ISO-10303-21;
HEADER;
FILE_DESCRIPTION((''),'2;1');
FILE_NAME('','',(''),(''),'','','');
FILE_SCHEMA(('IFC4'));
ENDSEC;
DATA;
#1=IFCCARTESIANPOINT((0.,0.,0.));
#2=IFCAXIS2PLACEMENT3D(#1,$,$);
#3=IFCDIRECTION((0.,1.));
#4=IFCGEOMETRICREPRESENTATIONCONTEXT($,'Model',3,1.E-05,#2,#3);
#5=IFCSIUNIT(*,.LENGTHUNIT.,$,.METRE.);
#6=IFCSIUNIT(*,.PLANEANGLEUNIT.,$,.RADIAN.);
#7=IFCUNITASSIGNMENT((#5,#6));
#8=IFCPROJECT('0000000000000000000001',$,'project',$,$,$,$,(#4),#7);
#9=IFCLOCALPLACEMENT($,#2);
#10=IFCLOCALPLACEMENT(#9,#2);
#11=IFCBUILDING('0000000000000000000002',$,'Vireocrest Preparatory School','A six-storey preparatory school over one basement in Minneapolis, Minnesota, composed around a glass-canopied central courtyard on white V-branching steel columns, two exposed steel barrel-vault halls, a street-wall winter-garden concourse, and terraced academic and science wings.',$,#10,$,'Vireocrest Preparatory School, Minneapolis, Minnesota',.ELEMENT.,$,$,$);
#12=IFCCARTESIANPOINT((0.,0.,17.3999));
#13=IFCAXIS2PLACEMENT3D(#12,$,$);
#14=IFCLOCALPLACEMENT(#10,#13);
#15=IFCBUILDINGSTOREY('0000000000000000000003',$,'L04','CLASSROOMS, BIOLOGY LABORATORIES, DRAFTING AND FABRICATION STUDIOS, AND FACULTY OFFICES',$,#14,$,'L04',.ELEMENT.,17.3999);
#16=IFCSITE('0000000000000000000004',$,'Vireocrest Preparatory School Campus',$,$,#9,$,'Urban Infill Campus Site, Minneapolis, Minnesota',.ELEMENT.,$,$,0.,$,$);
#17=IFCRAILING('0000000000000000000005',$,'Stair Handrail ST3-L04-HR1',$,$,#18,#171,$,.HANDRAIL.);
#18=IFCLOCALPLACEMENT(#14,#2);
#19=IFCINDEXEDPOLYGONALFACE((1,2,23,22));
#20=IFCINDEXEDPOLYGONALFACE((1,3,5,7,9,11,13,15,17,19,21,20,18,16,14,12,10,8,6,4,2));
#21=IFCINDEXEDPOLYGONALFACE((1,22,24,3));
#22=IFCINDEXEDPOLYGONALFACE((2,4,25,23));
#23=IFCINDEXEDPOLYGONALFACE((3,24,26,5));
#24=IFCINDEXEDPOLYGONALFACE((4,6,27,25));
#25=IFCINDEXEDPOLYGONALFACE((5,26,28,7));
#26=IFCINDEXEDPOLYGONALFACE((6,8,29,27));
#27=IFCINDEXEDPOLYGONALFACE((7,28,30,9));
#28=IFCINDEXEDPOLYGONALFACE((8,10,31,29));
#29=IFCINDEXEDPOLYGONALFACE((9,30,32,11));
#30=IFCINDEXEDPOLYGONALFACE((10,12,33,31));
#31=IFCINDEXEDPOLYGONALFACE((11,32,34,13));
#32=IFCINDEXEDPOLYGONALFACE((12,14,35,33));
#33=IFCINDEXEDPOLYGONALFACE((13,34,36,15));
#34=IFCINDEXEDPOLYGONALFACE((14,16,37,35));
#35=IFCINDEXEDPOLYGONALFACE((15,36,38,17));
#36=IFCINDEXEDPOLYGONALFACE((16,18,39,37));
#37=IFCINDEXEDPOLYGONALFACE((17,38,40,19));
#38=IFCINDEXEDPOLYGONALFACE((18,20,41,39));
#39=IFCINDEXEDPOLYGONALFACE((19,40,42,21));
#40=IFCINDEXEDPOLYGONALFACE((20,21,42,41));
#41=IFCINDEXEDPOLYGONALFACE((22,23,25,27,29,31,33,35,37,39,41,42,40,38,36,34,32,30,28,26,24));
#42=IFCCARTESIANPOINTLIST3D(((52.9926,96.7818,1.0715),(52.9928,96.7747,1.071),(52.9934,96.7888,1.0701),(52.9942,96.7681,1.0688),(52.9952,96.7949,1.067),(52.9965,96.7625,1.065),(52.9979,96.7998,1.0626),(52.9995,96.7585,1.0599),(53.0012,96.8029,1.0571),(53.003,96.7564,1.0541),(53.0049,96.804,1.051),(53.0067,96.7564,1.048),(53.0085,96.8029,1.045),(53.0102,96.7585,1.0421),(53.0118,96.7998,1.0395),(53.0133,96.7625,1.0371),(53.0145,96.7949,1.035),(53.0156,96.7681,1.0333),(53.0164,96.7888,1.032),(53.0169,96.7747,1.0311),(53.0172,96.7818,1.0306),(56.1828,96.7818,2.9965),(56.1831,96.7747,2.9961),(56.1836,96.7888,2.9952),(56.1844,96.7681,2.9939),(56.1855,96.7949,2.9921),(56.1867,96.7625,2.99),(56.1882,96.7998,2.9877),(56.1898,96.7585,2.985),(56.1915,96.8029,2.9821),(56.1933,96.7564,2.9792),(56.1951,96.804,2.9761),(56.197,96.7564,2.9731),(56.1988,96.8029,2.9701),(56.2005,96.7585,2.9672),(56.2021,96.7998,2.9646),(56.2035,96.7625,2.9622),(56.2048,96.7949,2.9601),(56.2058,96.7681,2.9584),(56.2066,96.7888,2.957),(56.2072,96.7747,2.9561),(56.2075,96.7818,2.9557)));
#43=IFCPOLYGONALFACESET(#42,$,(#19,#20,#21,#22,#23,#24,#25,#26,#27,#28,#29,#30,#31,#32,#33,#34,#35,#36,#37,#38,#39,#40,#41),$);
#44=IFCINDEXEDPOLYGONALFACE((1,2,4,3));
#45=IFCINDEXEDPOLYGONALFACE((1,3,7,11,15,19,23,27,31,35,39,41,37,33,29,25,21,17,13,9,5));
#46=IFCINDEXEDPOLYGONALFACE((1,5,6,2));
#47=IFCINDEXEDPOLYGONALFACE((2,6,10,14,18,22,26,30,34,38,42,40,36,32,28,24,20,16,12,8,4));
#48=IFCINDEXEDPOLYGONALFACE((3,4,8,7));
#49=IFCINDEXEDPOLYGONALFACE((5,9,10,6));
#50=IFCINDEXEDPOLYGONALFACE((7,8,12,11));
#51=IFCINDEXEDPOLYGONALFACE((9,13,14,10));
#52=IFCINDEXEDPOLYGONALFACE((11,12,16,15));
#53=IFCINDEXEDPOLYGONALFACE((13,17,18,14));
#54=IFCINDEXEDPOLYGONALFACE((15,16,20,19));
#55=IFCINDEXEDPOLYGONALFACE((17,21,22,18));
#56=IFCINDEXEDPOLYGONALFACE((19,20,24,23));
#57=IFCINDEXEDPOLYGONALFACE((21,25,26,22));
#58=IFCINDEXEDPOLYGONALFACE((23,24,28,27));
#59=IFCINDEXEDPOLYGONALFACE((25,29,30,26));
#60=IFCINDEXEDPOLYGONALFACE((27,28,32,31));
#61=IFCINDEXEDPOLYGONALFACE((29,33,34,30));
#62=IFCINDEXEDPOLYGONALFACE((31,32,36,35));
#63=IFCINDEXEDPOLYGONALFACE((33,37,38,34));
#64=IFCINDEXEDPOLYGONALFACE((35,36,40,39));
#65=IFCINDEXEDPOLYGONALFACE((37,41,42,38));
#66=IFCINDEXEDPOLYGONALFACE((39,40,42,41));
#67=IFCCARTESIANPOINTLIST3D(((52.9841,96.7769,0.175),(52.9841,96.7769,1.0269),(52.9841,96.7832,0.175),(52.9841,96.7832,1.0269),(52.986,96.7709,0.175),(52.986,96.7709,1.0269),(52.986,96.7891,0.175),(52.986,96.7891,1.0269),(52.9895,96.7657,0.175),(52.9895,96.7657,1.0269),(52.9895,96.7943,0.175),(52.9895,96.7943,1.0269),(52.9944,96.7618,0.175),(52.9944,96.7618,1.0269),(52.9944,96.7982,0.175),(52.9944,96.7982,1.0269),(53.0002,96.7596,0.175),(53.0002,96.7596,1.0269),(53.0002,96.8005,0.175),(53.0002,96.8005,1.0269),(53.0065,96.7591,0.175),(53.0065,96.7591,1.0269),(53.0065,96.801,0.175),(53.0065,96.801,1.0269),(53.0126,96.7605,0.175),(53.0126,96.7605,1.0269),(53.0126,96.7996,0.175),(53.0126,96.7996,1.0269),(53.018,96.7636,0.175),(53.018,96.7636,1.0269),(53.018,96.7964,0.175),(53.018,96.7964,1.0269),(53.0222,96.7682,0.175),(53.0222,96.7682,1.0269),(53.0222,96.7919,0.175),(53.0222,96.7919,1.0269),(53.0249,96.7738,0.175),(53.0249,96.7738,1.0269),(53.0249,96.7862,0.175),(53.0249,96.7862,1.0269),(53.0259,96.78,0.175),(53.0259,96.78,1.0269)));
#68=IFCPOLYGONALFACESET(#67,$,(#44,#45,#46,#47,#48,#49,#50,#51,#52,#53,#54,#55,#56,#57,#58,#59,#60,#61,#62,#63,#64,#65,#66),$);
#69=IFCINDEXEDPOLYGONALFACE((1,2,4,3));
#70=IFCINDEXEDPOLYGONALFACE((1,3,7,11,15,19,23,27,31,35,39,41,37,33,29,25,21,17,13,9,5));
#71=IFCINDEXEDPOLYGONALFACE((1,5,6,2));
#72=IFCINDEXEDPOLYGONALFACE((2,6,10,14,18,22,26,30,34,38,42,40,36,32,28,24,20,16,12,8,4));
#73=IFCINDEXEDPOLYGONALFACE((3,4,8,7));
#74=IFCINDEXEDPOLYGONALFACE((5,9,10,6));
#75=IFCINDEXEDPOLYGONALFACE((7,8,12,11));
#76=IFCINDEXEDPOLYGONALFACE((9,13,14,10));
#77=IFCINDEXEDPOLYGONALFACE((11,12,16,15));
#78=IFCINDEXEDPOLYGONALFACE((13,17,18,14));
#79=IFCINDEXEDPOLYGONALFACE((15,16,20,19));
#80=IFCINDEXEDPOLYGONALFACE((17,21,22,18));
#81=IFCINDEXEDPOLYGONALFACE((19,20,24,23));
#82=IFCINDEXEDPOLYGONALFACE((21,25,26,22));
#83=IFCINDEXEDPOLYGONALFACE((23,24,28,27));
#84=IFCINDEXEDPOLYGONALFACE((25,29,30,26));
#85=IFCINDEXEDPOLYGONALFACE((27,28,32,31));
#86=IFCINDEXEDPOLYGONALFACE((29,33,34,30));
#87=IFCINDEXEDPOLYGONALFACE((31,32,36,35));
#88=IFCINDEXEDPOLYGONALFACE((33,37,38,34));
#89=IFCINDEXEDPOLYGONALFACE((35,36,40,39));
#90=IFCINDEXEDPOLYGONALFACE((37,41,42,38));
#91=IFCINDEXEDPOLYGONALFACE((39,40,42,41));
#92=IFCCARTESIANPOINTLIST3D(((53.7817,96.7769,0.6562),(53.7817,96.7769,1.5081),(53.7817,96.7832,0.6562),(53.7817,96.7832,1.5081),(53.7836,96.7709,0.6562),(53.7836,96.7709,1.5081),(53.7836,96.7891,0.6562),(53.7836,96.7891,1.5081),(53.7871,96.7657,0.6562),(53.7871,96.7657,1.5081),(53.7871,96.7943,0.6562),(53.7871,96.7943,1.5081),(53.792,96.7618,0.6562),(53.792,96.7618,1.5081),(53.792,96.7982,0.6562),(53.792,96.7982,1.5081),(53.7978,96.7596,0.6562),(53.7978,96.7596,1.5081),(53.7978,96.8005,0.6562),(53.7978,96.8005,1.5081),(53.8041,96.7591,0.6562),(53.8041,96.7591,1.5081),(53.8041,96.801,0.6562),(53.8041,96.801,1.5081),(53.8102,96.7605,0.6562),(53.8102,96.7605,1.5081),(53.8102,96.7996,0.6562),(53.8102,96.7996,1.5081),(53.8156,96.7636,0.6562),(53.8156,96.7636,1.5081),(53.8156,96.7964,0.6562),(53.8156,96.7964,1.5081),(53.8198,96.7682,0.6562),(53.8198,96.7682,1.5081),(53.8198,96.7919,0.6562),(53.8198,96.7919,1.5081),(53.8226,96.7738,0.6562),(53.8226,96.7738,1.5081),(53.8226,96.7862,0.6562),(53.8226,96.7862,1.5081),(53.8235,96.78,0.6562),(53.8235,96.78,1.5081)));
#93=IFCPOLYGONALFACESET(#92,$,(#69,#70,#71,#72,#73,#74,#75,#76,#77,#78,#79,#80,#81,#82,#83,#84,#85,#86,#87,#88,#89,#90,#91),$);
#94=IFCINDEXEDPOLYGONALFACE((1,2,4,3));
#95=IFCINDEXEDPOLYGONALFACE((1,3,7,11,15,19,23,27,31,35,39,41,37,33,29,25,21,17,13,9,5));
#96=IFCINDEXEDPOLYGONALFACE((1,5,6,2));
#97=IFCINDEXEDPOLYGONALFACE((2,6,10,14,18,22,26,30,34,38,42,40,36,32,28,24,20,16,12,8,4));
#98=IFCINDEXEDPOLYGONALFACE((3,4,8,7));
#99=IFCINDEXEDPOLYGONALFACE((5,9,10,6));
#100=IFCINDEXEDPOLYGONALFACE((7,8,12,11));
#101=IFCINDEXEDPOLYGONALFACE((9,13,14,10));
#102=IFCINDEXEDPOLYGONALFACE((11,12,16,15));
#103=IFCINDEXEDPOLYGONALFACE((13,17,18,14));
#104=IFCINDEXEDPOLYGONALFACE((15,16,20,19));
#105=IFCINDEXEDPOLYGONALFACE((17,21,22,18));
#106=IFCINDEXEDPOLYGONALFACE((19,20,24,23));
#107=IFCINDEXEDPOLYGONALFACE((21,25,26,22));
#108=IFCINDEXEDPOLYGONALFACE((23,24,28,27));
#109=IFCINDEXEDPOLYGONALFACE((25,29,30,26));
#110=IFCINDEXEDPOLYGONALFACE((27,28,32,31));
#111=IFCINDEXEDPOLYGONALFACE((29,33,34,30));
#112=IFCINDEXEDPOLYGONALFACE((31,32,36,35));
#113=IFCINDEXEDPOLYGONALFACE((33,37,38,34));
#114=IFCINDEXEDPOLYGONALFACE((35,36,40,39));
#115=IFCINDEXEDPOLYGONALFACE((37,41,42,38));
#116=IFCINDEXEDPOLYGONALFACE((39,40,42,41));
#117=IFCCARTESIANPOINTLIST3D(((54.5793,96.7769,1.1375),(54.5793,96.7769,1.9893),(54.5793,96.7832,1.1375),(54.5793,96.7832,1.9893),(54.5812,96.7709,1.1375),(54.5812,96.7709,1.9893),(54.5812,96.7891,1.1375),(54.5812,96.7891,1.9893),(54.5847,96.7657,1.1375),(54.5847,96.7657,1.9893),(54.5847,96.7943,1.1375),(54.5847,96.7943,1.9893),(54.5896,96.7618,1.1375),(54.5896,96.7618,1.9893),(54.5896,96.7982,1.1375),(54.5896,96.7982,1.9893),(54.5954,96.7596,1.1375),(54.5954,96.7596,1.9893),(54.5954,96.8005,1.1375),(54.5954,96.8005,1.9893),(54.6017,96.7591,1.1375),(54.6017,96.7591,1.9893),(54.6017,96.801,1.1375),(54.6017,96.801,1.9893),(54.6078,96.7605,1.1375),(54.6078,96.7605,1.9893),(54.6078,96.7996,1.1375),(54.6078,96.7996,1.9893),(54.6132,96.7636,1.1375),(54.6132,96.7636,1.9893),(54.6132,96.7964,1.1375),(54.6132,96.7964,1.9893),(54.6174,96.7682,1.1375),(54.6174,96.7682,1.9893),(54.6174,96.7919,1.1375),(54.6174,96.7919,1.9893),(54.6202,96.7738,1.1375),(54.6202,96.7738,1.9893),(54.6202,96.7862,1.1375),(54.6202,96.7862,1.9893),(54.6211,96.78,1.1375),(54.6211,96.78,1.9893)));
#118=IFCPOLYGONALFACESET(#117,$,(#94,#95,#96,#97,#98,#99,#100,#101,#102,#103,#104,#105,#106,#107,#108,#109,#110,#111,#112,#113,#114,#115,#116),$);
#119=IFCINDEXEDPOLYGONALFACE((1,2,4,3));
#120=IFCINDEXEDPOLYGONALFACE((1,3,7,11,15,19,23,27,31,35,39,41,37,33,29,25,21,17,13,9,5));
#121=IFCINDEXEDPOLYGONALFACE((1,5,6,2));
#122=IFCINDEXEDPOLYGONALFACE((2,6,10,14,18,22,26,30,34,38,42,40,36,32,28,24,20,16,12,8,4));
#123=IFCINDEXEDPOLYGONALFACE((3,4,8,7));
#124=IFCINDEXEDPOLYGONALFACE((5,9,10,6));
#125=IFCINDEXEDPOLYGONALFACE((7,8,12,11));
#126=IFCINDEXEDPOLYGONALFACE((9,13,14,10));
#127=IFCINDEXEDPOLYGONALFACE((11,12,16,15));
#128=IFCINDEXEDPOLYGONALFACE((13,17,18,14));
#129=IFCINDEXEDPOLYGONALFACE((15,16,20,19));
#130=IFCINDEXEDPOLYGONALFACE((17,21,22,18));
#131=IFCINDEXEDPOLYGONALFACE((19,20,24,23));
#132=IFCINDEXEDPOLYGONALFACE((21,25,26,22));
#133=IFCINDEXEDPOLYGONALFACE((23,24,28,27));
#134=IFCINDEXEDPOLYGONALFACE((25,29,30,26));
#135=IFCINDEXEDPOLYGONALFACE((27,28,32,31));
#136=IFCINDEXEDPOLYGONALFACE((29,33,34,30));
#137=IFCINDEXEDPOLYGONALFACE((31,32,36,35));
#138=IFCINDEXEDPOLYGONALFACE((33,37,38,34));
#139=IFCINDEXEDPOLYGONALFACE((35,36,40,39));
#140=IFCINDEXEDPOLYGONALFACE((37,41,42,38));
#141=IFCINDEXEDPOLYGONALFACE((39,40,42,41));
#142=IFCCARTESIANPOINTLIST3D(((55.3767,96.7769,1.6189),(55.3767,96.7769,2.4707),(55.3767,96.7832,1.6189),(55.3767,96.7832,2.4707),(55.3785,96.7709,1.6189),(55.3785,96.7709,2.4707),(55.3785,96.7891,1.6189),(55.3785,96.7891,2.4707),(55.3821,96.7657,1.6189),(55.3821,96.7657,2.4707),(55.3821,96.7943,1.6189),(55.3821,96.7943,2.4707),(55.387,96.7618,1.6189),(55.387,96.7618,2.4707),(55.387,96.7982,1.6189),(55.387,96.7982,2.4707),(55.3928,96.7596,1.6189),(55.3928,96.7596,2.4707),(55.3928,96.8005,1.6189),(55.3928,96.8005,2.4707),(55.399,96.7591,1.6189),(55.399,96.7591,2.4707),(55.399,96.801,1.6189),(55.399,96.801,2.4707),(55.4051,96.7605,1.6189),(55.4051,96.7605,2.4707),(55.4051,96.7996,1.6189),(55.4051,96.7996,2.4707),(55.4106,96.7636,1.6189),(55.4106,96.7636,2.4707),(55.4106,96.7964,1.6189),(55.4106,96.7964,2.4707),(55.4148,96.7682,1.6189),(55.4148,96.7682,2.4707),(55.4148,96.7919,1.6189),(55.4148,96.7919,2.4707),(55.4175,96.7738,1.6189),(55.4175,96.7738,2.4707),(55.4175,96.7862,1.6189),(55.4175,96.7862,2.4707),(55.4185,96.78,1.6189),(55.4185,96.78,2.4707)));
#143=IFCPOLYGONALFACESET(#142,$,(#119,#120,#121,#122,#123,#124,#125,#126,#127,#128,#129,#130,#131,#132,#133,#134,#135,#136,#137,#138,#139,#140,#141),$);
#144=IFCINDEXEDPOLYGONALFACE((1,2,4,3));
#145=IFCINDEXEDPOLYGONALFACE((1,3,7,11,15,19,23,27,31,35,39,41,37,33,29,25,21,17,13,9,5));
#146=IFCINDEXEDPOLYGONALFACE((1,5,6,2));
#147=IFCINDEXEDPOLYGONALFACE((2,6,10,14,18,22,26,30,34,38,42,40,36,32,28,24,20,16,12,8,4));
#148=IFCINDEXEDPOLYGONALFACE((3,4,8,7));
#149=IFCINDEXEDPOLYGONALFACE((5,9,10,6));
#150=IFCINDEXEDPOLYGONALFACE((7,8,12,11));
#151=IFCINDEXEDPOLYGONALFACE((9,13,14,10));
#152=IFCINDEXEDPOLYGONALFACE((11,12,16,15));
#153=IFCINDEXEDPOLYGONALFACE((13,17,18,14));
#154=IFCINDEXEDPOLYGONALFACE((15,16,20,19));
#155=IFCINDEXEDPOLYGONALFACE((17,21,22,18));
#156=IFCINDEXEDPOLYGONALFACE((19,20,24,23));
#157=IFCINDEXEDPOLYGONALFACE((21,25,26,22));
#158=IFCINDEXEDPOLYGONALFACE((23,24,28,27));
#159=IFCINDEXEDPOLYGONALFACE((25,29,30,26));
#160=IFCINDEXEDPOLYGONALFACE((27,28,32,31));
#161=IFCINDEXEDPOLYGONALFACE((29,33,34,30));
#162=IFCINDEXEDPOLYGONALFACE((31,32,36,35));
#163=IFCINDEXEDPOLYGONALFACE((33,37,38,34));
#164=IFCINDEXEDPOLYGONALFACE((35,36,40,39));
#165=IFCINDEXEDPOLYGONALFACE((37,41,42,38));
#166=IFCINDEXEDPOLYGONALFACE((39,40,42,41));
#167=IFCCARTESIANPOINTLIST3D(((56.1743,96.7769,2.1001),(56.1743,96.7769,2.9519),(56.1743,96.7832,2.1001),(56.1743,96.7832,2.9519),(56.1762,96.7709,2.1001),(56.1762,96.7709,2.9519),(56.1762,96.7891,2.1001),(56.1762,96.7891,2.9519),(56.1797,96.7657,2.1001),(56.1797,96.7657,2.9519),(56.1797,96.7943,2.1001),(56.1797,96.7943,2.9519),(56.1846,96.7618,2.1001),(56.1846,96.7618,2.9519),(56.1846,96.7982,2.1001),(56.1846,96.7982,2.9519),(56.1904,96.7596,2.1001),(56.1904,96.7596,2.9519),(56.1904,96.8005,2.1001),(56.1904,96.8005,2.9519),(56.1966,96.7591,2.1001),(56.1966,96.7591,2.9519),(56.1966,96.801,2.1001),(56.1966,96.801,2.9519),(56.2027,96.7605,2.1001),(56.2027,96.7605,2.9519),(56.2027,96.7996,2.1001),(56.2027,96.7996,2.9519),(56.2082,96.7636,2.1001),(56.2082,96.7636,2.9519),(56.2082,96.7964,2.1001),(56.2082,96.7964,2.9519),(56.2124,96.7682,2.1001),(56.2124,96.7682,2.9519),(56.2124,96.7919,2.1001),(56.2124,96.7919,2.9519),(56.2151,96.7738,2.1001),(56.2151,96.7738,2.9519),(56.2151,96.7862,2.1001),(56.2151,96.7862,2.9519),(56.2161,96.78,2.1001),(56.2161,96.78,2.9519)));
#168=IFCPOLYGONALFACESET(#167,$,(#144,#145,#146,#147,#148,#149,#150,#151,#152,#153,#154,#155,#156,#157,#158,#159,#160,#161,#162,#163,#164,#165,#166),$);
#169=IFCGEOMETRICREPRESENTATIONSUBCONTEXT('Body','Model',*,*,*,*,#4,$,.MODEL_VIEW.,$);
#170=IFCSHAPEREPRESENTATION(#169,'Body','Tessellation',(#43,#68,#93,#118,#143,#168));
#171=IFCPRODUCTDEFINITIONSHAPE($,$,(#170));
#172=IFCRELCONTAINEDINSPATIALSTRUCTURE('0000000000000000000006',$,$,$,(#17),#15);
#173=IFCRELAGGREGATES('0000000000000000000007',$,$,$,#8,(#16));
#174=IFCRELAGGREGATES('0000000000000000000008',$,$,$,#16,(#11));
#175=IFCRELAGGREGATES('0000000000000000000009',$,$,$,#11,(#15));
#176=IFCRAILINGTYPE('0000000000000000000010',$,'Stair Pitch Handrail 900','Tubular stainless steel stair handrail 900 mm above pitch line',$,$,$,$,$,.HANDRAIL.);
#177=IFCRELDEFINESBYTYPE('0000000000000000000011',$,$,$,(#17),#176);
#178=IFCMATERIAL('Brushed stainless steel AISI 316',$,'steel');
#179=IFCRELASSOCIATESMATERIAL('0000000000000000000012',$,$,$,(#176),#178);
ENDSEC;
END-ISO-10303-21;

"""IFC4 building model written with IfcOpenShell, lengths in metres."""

from ifc_helpers import new_model, si_unit, direction, frame, origin, origin_2d, place, context, subcontext, project, spatial, circle, extrude, material, type_object, element, save


model = new_model("IFC4")

# Units and contexts
model_context = context("Model", 3, precision=1e-05, world=origin(), true_north=direction((0.0, 1.0)))
body_context = subcontext(model_context, "Body", "Model", "MODEL_VIEW")
ifc_project = project(units=[si_unit("LENGTHUNIT", "METRE"), si_unit("PLANEANGLEUNIT", "RADIAN")], contexts=[model_context])

# Site, building, storey
site_placement = place(None, origin())
site = spatial("IfcSite", under=ifc_project, at=site_placement, Name="Vireocrest Preparatory School Campus", LongName="Urban Infill Campus Site, Minneapolis, Minnesota", CompositionType="ELEMENT", RefElevation=0.0)
building_placement = place(site_placement, origin())
building = spatial("IfcBuilding", under=site, at=building_placement, Name="Vireocrest Preparatory School", Description="A six-storey preparatory school over one basement in Minneapolis, Minnesota, composed around a glass-canopied central courtyard on white V-branching steel columns, two exposed steel barrel-vault halls, a street-wall winter-garden concourse, and terraced academic and science wings.", LongName="Vireocrest Preparatory School, Minneapolis, Minnesota", CompositionType="ELEMENT")
storey_placement = place(building_placement, frame((0.0, 0.0, 17.3999)))
storey = spatial("IfcBuildingStorey", under=building, at=storey_placement, Name="L04", Description="CLASSROOMS, BIOLOGY LABORATORIES, DRAFTING AND FABRICATION STUDIOS, AND FACULTY OFFICES", LongName="L04", CompositionType="ELEMENT", Elevation=17.3999)

# Railing
ifc_material_1 = material(Name="Brushed stainless steel AISI 316", Category="steel")
railing_type_1 = type_object("IfcRailingType", Name="Stair Pitch Handrail 900", Description="Tubular stainless steel stair handrail 900 mm above pitch line", PredefinedType="HANDRAIL", material=ifc_material_1)
railing_1_placement = place(storey_placement, frame((53.0049, 96.78, 0.175)))
element("IfcRailing", 1, at=railing_1_placement, inside=storey, type_object=railing_type_1, Name="Stair Handrail ST3-L04-HR1", PredefinedType="HANDRAIL", context=body_context, shape_type="SweptSolid", body=[
    extrude(circle(Radius=0.0239, at=origin_2d()), frame((0.0, 0.0, 0.876), z_axis=(0.856195, 0.0, 0.516653), x_axis=(0.0, 1.0, 0.0)), (0.0, 0.0, 1.0), 3.7261),
    extrude(circle(Radius=0.021, at=origin_2d()), origin(), (0.0, 0.0, 1.0), 0.8518),
    extrude(circle(Radius=0.021, at=origin_2d()), frame((0.7976, 0.0, 0.4812)), (0.0, 0.0, 1.0), 0.8518),
    extrude(circle(Radius=0.021, at=origin_2d()), frame((1.5952, 0.0, 0.9624)), (0.0, 0.0, 1.0), 0.8518),
    extrude(circle(Radius=0.021, at=origin_2d()), frame((2.3926, 0.0, 1.4438)), (0.0, 0.0, 1.0), 0.8518),
    extrude(circle(Radius=0.021, at=origin_2d()), frame((3.1902, 0.0, 1.925)), (0.0, 0.0, 1.0), 0.8518),
])

save(model, "model.ifc")
